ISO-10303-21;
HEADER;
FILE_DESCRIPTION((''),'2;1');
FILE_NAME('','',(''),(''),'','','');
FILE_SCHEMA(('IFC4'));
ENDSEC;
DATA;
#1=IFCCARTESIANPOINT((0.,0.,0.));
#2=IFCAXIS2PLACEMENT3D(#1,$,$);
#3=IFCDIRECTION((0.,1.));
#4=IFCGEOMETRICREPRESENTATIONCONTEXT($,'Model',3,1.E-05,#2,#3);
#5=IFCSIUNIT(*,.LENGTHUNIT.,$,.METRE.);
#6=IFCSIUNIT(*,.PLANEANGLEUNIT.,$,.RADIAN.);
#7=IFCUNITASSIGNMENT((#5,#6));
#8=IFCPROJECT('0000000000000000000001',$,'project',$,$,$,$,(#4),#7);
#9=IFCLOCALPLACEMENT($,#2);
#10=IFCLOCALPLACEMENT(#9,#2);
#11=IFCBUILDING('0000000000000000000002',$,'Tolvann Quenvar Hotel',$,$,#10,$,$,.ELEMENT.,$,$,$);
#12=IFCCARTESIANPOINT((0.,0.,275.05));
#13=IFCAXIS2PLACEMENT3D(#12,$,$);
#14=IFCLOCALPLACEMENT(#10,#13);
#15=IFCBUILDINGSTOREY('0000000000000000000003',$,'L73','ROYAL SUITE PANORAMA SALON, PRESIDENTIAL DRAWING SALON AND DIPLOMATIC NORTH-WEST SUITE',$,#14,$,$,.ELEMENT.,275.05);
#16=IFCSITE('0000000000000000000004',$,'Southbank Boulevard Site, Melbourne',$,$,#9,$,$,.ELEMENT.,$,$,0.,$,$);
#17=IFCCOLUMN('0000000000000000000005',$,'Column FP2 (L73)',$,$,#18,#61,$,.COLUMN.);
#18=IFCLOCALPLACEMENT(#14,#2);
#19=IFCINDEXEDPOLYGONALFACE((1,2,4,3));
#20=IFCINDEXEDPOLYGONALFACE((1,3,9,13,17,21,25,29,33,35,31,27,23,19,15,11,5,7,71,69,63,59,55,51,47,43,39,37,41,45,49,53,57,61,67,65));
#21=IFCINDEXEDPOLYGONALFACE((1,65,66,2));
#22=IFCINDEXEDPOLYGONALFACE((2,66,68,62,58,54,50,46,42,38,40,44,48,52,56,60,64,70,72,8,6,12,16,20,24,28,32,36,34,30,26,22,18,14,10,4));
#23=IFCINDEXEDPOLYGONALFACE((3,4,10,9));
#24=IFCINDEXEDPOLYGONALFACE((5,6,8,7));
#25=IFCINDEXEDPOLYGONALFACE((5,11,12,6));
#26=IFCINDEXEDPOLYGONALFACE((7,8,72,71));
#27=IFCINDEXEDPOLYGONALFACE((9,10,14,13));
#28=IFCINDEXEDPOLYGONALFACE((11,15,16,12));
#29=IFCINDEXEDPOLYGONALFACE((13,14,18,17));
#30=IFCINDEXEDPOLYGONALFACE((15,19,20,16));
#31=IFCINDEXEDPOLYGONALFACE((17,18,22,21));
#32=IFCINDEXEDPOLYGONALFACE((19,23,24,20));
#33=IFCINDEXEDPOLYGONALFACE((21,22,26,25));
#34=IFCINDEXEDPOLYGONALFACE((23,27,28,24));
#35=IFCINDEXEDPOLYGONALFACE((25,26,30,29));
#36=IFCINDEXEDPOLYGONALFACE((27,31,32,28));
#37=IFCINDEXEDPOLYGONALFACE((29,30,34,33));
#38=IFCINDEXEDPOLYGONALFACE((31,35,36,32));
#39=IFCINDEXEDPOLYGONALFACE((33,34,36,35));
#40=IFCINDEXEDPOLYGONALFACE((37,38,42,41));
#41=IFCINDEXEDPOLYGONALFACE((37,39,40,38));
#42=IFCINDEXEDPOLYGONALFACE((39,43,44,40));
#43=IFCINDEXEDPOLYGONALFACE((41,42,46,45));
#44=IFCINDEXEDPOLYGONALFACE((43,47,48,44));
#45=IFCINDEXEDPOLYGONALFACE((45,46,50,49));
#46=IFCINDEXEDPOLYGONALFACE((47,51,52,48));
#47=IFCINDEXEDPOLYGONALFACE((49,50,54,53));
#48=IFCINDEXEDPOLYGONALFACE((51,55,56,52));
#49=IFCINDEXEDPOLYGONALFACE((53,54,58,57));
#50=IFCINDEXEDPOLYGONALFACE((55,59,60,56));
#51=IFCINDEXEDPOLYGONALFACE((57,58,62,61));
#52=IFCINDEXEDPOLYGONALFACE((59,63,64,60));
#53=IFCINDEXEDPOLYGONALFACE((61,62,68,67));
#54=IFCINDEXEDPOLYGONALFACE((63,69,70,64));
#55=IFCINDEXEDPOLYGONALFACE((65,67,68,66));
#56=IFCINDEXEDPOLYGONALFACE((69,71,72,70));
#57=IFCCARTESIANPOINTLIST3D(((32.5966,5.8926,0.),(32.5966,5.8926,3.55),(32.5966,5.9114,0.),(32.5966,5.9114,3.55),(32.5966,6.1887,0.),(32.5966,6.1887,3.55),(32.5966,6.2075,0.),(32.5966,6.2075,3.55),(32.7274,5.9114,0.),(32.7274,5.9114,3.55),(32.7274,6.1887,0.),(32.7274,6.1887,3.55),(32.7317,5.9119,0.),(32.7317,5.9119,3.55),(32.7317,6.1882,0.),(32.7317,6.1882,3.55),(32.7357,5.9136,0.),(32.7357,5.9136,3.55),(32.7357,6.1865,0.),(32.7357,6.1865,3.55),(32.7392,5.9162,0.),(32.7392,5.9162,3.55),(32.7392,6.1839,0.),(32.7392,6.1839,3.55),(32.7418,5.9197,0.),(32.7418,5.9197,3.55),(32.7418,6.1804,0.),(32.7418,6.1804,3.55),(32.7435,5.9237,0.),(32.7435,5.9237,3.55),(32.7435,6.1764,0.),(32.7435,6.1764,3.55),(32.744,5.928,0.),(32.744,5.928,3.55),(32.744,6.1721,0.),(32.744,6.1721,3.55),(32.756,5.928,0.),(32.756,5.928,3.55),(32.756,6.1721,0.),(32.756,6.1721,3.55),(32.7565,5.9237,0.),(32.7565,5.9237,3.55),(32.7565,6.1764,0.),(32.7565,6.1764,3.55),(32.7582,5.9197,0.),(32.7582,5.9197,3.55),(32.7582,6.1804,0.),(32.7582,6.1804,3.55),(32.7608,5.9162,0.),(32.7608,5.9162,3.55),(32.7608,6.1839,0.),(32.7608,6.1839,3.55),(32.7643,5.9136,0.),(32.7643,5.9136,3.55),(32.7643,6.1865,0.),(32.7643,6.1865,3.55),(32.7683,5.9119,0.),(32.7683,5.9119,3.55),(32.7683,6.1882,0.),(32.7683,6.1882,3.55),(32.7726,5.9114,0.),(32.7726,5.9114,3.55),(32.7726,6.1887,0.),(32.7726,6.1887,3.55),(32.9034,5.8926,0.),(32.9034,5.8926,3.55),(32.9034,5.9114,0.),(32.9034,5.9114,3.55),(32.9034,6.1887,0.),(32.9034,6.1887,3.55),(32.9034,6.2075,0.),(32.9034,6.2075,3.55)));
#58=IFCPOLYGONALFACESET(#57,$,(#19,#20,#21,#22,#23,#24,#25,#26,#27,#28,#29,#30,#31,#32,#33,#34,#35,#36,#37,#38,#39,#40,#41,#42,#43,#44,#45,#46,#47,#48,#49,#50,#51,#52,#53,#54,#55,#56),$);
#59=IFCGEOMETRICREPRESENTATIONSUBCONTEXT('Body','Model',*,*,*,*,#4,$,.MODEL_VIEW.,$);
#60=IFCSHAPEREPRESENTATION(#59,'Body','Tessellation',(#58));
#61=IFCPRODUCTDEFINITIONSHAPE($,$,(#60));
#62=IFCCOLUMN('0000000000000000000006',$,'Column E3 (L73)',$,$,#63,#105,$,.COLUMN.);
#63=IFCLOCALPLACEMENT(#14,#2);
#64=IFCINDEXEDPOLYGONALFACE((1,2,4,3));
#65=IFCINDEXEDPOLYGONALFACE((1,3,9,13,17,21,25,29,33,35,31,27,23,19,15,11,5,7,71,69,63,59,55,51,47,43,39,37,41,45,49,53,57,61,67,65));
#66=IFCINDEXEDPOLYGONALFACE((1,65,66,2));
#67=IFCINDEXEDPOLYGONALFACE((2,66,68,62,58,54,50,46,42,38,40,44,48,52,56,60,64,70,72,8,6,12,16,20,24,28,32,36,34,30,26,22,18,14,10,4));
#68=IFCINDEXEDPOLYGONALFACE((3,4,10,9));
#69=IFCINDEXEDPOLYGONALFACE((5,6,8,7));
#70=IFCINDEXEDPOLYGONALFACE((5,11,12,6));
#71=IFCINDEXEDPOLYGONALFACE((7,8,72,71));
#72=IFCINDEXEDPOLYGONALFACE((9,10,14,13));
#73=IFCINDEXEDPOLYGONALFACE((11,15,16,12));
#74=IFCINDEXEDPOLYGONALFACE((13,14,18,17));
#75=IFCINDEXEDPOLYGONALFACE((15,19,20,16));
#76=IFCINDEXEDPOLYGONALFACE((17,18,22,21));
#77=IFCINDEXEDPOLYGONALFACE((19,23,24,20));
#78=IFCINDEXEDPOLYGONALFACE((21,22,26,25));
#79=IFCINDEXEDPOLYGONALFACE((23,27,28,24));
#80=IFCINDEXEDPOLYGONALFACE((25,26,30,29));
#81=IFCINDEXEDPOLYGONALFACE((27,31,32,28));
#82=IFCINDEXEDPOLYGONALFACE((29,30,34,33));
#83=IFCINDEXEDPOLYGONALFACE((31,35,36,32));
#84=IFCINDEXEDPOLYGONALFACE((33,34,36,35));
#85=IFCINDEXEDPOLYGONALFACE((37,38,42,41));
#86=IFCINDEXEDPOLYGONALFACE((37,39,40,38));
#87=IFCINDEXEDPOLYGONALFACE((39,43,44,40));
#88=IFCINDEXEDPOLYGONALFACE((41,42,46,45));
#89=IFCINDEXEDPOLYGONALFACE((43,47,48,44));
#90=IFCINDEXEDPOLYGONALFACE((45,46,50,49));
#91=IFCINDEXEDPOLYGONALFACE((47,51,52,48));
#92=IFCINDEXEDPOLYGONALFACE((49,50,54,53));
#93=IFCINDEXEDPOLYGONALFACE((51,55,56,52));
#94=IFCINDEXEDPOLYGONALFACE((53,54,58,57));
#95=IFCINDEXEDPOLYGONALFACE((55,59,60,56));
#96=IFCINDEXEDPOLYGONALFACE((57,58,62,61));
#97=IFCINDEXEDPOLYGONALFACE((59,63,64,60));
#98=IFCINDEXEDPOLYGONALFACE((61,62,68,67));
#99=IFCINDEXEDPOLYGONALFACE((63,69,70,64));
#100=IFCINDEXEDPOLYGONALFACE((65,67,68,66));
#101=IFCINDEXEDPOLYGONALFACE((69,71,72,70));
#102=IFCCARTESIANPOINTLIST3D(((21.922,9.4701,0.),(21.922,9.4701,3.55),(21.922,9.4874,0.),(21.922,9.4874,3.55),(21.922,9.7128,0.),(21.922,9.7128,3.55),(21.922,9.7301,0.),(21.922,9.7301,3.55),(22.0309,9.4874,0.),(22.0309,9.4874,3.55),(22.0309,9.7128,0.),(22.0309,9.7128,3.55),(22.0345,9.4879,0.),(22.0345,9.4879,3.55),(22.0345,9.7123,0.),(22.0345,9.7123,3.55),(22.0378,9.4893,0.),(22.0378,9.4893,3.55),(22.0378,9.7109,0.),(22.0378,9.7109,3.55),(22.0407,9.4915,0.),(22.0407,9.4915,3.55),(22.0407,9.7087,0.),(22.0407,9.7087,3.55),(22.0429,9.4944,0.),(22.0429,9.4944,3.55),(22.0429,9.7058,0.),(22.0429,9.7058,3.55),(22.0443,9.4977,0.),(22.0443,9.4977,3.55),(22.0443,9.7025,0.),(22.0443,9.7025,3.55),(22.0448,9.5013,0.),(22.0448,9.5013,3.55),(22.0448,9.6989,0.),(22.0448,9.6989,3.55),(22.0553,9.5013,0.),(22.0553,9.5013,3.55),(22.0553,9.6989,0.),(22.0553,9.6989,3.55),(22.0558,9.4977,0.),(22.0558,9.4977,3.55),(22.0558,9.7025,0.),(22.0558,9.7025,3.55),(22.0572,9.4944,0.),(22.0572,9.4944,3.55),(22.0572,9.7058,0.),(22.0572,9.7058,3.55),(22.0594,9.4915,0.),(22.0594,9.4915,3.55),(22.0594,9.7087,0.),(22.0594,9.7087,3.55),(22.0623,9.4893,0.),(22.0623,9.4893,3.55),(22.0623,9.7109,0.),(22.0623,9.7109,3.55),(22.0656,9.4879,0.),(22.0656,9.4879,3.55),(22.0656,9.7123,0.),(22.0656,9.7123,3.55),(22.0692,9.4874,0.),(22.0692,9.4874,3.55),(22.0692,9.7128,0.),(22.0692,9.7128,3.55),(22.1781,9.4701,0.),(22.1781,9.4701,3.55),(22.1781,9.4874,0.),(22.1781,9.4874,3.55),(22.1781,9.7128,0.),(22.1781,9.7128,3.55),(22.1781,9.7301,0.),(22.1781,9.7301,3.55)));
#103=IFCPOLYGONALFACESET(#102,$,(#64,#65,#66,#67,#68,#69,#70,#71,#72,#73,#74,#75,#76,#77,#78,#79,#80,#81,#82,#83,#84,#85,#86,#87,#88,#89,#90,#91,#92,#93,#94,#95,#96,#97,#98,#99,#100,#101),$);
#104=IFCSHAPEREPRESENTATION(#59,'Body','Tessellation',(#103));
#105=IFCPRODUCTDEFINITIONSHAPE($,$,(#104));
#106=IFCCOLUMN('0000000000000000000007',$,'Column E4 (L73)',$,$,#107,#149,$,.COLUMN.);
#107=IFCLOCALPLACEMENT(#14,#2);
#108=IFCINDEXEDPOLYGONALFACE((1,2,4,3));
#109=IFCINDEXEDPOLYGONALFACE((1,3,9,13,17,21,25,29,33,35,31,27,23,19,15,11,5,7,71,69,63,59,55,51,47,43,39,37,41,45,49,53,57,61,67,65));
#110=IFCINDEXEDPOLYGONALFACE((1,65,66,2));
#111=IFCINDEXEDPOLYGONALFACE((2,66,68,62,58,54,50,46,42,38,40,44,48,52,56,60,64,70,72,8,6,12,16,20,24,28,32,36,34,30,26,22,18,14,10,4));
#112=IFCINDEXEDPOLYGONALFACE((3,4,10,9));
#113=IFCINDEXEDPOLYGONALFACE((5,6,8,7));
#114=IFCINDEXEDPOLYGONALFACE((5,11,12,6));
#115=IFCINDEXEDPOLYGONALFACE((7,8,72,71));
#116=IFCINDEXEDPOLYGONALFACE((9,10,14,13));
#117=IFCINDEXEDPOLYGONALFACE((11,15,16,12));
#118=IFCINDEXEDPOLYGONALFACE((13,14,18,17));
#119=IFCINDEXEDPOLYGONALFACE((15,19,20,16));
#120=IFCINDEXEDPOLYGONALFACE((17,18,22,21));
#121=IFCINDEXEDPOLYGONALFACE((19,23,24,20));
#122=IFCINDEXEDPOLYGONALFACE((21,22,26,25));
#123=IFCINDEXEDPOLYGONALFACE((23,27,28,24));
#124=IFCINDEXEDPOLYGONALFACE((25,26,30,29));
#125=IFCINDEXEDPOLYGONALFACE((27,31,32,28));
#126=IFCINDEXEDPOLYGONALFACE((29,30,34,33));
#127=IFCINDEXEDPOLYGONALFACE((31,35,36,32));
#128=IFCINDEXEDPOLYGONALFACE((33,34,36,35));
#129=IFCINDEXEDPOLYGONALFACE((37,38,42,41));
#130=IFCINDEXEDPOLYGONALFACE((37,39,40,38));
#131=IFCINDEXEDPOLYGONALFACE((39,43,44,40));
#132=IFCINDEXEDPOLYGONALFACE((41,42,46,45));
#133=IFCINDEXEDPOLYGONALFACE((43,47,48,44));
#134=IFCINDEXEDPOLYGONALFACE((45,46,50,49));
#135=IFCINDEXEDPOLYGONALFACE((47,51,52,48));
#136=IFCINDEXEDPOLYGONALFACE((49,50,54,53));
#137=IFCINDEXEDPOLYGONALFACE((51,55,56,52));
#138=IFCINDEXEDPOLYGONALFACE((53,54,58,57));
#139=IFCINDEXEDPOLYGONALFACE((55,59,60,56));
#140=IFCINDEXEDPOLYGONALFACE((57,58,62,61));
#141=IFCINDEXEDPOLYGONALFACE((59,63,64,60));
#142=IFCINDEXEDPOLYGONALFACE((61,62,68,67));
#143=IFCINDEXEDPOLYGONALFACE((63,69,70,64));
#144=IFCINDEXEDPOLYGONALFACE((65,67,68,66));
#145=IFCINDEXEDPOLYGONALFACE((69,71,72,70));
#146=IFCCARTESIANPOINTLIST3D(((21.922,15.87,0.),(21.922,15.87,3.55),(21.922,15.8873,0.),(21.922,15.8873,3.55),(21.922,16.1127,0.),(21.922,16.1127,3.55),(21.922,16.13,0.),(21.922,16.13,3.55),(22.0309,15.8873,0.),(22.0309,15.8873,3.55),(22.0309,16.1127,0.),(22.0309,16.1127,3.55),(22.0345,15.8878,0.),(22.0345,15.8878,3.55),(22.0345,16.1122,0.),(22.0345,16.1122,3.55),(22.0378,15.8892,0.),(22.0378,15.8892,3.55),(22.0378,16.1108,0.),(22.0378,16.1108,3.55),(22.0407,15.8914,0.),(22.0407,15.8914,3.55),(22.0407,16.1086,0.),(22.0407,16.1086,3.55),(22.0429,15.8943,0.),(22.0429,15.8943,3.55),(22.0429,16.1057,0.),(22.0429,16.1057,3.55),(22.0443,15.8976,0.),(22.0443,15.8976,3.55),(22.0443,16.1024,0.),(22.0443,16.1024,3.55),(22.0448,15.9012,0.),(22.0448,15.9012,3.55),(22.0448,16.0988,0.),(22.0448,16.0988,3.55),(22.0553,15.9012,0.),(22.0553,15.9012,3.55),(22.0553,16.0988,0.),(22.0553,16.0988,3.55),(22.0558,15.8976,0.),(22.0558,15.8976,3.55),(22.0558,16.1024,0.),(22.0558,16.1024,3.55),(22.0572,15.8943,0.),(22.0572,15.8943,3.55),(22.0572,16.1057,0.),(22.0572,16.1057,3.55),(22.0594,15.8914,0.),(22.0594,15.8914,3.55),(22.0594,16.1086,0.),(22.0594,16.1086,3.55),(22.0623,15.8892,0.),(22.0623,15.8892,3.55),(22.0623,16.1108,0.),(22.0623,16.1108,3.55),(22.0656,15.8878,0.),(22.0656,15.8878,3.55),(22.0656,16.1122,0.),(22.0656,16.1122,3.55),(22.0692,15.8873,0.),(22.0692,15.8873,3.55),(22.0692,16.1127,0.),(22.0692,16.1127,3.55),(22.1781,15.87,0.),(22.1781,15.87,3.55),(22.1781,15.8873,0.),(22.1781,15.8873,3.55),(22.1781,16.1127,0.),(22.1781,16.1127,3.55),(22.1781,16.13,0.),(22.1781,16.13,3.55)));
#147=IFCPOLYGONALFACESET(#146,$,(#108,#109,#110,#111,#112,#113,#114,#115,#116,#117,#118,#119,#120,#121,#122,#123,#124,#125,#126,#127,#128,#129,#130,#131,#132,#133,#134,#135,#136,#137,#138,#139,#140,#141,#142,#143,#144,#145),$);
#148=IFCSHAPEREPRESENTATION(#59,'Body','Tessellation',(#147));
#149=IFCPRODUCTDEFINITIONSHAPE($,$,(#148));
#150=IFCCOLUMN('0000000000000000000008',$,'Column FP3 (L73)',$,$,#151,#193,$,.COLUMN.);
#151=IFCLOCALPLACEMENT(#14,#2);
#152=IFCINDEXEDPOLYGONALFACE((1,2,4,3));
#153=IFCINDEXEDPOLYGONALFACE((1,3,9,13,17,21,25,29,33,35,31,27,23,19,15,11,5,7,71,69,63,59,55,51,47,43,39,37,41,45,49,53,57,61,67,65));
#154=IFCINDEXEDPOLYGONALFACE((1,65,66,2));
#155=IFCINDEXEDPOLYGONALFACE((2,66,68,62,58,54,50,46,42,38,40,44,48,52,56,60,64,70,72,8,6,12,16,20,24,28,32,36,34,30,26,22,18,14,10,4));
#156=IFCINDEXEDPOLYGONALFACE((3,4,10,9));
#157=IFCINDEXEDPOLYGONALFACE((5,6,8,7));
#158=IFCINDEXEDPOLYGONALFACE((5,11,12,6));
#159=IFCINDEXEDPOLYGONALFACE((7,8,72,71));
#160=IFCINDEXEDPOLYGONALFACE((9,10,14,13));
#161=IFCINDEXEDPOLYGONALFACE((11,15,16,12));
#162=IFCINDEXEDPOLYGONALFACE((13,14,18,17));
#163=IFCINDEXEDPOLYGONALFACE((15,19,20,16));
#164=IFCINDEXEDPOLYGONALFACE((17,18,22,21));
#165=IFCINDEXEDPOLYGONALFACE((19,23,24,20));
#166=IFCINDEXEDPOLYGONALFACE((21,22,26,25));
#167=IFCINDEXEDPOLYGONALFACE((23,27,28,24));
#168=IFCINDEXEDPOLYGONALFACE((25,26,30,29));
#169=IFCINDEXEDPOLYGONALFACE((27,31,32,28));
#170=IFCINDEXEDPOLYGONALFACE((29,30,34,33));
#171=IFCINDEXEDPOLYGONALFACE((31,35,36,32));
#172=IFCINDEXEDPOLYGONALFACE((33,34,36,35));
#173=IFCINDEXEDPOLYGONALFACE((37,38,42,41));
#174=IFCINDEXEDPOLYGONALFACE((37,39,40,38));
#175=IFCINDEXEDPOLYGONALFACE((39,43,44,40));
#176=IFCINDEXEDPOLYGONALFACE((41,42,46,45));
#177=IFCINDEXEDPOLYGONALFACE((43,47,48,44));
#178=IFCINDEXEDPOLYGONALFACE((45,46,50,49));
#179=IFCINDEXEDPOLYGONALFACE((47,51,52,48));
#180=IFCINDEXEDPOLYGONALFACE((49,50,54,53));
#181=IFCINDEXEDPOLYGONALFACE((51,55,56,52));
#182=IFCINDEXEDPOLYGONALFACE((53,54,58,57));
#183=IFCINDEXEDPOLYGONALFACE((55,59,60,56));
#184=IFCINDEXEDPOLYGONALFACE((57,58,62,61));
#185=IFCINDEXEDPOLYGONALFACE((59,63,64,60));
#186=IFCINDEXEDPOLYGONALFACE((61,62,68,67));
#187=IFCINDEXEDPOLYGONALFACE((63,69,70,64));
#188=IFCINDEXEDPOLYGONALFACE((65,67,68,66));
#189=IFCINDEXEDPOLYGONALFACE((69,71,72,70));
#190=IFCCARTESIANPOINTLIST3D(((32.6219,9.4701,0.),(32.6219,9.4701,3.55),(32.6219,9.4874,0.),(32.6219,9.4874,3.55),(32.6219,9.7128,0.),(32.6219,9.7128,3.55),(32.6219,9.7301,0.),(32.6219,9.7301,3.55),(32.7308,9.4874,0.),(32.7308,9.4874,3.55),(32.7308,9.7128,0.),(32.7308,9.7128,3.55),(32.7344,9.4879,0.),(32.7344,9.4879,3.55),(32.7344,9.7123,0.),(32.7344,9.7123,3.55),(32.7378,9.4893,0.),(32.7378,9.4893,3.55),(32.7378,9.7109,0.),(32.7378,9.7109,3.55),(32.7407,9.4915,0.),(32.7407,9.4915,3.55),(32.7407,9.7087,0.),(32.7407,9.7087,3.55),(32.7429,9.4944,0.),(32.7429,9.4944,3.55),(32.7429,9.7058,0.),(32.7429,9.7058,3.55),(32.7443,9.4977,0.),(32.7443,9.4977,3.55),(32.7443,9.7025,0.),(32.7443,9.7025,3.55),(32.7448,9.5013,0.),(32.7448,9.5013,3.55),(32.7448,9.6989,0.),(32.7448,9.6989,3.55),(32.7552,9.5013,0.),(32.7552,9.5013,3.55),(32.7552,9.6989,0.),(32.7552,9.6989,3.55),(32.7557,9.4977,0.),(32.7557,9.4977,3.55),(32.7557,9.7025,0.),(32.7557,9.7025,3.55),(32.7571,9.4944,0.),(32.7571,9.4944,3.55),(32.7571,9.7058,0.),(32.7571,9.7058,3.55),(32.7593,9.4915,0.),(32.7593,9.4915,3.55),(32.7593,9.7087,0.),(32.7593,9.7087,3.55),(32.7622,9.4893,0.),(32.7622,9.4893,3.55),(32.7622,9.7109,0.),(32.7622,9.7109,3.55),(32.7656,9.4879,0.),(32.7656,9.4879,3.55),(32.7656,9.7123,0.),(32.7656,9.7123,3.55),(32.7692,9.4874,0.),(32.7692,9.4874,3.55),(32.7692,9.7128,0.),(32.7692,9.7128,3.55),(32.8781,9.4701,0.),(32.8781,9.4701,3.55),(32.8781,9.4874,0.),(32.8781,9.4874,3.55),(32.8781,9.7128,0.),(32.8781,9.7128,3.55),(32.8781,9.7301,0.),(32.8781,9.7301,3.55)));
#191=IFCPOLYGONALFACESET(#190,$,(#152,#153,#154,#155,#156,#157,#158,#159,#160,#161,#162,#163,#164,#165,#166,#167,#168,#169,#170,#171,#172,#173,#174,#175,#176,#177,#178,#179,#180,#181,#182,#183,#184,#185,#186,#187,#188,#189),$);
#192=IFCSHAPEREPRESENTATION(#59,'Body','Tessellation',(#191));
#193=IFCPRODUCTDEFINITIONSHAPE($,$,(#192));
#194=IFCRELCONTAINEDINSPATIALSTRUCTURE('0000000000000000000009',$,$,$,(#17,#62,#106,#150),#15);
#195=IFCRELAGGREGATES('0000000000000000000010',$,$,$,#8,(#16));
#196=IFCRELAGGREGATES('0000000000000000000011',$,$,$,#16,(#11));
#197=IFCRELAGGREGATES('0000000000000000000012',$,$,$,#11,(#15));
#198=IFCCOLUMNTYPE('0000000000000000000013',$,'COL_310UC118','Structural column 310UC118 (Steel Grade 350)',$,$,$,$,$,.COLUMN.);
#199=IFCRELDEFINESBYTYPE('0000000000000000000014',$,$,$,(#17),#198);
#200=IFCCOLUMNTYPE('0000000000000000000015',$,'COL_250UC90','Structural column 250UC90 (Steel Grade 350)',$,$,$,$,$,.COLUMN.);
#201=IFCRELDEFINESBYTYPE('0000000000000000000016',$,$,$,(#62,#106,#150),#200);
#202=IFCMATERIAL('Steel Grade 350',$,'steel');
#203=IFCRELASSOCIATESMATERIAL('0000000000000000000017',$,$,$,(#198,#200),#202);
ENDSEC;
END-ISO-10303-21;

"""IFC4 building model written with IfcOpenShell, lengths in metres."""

from ifc_helpers import new_model, si_unit, direction, frame, origin, origin_2d, place, context, subcontext, project, spatial, i_section, extrude, source, transform, mapped, material, material_profile, profile_set, type_object, type_shapes, element, save


model = new_model("IFC4")

# Units and contexts
model_context = context("Model", 3, precision=1e-05, world=origin(), true_north=direction((0.0, 1.0)))
body_context = subcontext(model_context, "Body", "Model", "MODEL_VIEW")
ifc_project = project(units=[si_unit("LENGTHUNIT", "METRE"), si_unit("PLANEANGLEUNIT", "RADIAN")], contexts=[model_context])

# Site, building, storey
site_placement = place(None, origin())
site = spatial("IfcSite", under=ifc_project, at=site_placement, Name="Southbank Boulevard Site, Melbourne", CompositionType="ELEMENT", RefElevation=0.0)
building_placement = place(site_placement, origin())
building = spatial("IfcBuilding", under=site, at=building_placement, Name="Tolvann Quenvar Hotel", CompositionType="ELEMENT")
storey_placement = place(building_placement, frame((0.0, 0.0, 275.05)))
storey = spatial("IfcBuildingStorey", under=building, at=storey_placement, Name="L73", Description="ROYAL SUITE PANORAMA SALON, PRESIDENTIAL DRAWING SALON AND DIPLOMATIC NORTH-WEST SUITE", CompositionType="ELEMENT", Elevation=275.05)

# Columns
ifc_material_1 = material(Name="Steel Grade 350", Category="steel")
ifc_material_profile_1 = material_profile(ifc_material_1, i_section(OverallWidth=0.3069, OverallDepth=0.3149, WebThickness=0.012, FlangeThickness=0.0188, FilletRadius=0.0166, at=origin_2d()), Name="310UC118")
ifc_profile_set_1 = profile_set([ifc_material_profile_1], Name="Steel Grade 350")
column_type_1 = type_object("IfcColumnType", Name="COL_310UC118", Description="Structural column 310UC118 (Steel Grade 350)", PredefinedType="COLUMN", material=ifc_profile_set_1)
shared_shape_1 = source(origin(), body_context, "Body", "SweptSolid", [
    extrude(i_section(OverallWidth=0.3069, OverallDepth=0.3149, WebThickness=0.012, FlangeThickness=0.0188, FilletRadius=0.0166, at=origin_2d()), origin(), (0.0, 0.0, 1.0), 3.55),
])
type_shapes(column_type_1, [shared_shape_1])
column_placement = place(storey_placement, frame((32.75, 6.05, 0.0), z_axis=(0.0, 0.0, 1.0), x_axis=(1.0, 0.0, 0.0)))
element("IfcColumn", 1, at=column_placement, inside=storey, type_object=column_type_1, Name="Column FP2 (L73)", PredefinedType="COLUMN", context=body_context, shape_type="MappedRepresentation", body=[
    mapped(shared_shape_1, transform((0.0, 0.0, 0.0), x_axis=(1.0, 0.0, 0.0), y_axis=(0.0, 1.0, 0.0), z_axis=(0.0, 0.0, 1.0), scale=1.0)),
])
ifc_material_profile_2 = material_profile(ifc_material_1, i_section(OverallWidth=0.2561, OverallDepth=0.26, WebThickness=0.0105, FlangeThickness=0.0173, FilletRadius=0.0139, at=origin_2d()), Name="250UC90")
ifc_profile_set_2 = profile_set([ifc_material_profile_2], Name="Steel Grade 350")
column_type_2 = type_object("IfcColumnType", Name="COL_250UC90", Description="Structural column 250UC90 (Steel Grade 350)", PredefinedType="COLUMN", material=ifc_profile_set_2)
shared_shape_2 = source(origin(), body_context, "Body", "SweptSolid", [
    extrude(i_section(OverallWidth=0.2561, OverallDepth=0.26, WebThickness=0.0105, FlangeThickness=0.0173, FilletRadius=0.0139, at=origin_2d()), origin(), (0.0, 0.0, 1.0), 3.55),
])
type_shapes(column_type_2, [shared_shape_2])
for number, where, z_axis, x_axis, name in (
    (2, (22.05, 9.6001, 0.0), (0.0, 0.0, 1.0), (1.0, 0.0, 0.0), "Column E3 (L73)"),
    (3, (22.05, 16.0, 0.0), (0.0, 0.0, 1.0), (1.0, 0.0, 0.0), "Column E4 (L73)"),
    (4, (32.75, 9.6001, 0.0), (0.0, 0.0, 1.0), (1.0, 0.0, 0.0), "Column FP3 (L73)"),
):
    element("IfcColumn", number, at=place(storey_placement, frame(where, z_axis=z_axis, x_axis=x_axis)), inside=storey, type_object=column_type_2, Name=name, PredefinedType="COLUMN", context=body_context, shape_type="MappedRepresentation", body=[
        mapped(shared_shape_2, transform((0.0, 0.0, 0.0), x_axis=(1.0, 0.0, 0.0), y_axis=(0.0, 1.0, 0.0), z_axis=(0.0, 0.0, 1.0), scale=1.0)),
    ])

save(model, "model.ifc")
